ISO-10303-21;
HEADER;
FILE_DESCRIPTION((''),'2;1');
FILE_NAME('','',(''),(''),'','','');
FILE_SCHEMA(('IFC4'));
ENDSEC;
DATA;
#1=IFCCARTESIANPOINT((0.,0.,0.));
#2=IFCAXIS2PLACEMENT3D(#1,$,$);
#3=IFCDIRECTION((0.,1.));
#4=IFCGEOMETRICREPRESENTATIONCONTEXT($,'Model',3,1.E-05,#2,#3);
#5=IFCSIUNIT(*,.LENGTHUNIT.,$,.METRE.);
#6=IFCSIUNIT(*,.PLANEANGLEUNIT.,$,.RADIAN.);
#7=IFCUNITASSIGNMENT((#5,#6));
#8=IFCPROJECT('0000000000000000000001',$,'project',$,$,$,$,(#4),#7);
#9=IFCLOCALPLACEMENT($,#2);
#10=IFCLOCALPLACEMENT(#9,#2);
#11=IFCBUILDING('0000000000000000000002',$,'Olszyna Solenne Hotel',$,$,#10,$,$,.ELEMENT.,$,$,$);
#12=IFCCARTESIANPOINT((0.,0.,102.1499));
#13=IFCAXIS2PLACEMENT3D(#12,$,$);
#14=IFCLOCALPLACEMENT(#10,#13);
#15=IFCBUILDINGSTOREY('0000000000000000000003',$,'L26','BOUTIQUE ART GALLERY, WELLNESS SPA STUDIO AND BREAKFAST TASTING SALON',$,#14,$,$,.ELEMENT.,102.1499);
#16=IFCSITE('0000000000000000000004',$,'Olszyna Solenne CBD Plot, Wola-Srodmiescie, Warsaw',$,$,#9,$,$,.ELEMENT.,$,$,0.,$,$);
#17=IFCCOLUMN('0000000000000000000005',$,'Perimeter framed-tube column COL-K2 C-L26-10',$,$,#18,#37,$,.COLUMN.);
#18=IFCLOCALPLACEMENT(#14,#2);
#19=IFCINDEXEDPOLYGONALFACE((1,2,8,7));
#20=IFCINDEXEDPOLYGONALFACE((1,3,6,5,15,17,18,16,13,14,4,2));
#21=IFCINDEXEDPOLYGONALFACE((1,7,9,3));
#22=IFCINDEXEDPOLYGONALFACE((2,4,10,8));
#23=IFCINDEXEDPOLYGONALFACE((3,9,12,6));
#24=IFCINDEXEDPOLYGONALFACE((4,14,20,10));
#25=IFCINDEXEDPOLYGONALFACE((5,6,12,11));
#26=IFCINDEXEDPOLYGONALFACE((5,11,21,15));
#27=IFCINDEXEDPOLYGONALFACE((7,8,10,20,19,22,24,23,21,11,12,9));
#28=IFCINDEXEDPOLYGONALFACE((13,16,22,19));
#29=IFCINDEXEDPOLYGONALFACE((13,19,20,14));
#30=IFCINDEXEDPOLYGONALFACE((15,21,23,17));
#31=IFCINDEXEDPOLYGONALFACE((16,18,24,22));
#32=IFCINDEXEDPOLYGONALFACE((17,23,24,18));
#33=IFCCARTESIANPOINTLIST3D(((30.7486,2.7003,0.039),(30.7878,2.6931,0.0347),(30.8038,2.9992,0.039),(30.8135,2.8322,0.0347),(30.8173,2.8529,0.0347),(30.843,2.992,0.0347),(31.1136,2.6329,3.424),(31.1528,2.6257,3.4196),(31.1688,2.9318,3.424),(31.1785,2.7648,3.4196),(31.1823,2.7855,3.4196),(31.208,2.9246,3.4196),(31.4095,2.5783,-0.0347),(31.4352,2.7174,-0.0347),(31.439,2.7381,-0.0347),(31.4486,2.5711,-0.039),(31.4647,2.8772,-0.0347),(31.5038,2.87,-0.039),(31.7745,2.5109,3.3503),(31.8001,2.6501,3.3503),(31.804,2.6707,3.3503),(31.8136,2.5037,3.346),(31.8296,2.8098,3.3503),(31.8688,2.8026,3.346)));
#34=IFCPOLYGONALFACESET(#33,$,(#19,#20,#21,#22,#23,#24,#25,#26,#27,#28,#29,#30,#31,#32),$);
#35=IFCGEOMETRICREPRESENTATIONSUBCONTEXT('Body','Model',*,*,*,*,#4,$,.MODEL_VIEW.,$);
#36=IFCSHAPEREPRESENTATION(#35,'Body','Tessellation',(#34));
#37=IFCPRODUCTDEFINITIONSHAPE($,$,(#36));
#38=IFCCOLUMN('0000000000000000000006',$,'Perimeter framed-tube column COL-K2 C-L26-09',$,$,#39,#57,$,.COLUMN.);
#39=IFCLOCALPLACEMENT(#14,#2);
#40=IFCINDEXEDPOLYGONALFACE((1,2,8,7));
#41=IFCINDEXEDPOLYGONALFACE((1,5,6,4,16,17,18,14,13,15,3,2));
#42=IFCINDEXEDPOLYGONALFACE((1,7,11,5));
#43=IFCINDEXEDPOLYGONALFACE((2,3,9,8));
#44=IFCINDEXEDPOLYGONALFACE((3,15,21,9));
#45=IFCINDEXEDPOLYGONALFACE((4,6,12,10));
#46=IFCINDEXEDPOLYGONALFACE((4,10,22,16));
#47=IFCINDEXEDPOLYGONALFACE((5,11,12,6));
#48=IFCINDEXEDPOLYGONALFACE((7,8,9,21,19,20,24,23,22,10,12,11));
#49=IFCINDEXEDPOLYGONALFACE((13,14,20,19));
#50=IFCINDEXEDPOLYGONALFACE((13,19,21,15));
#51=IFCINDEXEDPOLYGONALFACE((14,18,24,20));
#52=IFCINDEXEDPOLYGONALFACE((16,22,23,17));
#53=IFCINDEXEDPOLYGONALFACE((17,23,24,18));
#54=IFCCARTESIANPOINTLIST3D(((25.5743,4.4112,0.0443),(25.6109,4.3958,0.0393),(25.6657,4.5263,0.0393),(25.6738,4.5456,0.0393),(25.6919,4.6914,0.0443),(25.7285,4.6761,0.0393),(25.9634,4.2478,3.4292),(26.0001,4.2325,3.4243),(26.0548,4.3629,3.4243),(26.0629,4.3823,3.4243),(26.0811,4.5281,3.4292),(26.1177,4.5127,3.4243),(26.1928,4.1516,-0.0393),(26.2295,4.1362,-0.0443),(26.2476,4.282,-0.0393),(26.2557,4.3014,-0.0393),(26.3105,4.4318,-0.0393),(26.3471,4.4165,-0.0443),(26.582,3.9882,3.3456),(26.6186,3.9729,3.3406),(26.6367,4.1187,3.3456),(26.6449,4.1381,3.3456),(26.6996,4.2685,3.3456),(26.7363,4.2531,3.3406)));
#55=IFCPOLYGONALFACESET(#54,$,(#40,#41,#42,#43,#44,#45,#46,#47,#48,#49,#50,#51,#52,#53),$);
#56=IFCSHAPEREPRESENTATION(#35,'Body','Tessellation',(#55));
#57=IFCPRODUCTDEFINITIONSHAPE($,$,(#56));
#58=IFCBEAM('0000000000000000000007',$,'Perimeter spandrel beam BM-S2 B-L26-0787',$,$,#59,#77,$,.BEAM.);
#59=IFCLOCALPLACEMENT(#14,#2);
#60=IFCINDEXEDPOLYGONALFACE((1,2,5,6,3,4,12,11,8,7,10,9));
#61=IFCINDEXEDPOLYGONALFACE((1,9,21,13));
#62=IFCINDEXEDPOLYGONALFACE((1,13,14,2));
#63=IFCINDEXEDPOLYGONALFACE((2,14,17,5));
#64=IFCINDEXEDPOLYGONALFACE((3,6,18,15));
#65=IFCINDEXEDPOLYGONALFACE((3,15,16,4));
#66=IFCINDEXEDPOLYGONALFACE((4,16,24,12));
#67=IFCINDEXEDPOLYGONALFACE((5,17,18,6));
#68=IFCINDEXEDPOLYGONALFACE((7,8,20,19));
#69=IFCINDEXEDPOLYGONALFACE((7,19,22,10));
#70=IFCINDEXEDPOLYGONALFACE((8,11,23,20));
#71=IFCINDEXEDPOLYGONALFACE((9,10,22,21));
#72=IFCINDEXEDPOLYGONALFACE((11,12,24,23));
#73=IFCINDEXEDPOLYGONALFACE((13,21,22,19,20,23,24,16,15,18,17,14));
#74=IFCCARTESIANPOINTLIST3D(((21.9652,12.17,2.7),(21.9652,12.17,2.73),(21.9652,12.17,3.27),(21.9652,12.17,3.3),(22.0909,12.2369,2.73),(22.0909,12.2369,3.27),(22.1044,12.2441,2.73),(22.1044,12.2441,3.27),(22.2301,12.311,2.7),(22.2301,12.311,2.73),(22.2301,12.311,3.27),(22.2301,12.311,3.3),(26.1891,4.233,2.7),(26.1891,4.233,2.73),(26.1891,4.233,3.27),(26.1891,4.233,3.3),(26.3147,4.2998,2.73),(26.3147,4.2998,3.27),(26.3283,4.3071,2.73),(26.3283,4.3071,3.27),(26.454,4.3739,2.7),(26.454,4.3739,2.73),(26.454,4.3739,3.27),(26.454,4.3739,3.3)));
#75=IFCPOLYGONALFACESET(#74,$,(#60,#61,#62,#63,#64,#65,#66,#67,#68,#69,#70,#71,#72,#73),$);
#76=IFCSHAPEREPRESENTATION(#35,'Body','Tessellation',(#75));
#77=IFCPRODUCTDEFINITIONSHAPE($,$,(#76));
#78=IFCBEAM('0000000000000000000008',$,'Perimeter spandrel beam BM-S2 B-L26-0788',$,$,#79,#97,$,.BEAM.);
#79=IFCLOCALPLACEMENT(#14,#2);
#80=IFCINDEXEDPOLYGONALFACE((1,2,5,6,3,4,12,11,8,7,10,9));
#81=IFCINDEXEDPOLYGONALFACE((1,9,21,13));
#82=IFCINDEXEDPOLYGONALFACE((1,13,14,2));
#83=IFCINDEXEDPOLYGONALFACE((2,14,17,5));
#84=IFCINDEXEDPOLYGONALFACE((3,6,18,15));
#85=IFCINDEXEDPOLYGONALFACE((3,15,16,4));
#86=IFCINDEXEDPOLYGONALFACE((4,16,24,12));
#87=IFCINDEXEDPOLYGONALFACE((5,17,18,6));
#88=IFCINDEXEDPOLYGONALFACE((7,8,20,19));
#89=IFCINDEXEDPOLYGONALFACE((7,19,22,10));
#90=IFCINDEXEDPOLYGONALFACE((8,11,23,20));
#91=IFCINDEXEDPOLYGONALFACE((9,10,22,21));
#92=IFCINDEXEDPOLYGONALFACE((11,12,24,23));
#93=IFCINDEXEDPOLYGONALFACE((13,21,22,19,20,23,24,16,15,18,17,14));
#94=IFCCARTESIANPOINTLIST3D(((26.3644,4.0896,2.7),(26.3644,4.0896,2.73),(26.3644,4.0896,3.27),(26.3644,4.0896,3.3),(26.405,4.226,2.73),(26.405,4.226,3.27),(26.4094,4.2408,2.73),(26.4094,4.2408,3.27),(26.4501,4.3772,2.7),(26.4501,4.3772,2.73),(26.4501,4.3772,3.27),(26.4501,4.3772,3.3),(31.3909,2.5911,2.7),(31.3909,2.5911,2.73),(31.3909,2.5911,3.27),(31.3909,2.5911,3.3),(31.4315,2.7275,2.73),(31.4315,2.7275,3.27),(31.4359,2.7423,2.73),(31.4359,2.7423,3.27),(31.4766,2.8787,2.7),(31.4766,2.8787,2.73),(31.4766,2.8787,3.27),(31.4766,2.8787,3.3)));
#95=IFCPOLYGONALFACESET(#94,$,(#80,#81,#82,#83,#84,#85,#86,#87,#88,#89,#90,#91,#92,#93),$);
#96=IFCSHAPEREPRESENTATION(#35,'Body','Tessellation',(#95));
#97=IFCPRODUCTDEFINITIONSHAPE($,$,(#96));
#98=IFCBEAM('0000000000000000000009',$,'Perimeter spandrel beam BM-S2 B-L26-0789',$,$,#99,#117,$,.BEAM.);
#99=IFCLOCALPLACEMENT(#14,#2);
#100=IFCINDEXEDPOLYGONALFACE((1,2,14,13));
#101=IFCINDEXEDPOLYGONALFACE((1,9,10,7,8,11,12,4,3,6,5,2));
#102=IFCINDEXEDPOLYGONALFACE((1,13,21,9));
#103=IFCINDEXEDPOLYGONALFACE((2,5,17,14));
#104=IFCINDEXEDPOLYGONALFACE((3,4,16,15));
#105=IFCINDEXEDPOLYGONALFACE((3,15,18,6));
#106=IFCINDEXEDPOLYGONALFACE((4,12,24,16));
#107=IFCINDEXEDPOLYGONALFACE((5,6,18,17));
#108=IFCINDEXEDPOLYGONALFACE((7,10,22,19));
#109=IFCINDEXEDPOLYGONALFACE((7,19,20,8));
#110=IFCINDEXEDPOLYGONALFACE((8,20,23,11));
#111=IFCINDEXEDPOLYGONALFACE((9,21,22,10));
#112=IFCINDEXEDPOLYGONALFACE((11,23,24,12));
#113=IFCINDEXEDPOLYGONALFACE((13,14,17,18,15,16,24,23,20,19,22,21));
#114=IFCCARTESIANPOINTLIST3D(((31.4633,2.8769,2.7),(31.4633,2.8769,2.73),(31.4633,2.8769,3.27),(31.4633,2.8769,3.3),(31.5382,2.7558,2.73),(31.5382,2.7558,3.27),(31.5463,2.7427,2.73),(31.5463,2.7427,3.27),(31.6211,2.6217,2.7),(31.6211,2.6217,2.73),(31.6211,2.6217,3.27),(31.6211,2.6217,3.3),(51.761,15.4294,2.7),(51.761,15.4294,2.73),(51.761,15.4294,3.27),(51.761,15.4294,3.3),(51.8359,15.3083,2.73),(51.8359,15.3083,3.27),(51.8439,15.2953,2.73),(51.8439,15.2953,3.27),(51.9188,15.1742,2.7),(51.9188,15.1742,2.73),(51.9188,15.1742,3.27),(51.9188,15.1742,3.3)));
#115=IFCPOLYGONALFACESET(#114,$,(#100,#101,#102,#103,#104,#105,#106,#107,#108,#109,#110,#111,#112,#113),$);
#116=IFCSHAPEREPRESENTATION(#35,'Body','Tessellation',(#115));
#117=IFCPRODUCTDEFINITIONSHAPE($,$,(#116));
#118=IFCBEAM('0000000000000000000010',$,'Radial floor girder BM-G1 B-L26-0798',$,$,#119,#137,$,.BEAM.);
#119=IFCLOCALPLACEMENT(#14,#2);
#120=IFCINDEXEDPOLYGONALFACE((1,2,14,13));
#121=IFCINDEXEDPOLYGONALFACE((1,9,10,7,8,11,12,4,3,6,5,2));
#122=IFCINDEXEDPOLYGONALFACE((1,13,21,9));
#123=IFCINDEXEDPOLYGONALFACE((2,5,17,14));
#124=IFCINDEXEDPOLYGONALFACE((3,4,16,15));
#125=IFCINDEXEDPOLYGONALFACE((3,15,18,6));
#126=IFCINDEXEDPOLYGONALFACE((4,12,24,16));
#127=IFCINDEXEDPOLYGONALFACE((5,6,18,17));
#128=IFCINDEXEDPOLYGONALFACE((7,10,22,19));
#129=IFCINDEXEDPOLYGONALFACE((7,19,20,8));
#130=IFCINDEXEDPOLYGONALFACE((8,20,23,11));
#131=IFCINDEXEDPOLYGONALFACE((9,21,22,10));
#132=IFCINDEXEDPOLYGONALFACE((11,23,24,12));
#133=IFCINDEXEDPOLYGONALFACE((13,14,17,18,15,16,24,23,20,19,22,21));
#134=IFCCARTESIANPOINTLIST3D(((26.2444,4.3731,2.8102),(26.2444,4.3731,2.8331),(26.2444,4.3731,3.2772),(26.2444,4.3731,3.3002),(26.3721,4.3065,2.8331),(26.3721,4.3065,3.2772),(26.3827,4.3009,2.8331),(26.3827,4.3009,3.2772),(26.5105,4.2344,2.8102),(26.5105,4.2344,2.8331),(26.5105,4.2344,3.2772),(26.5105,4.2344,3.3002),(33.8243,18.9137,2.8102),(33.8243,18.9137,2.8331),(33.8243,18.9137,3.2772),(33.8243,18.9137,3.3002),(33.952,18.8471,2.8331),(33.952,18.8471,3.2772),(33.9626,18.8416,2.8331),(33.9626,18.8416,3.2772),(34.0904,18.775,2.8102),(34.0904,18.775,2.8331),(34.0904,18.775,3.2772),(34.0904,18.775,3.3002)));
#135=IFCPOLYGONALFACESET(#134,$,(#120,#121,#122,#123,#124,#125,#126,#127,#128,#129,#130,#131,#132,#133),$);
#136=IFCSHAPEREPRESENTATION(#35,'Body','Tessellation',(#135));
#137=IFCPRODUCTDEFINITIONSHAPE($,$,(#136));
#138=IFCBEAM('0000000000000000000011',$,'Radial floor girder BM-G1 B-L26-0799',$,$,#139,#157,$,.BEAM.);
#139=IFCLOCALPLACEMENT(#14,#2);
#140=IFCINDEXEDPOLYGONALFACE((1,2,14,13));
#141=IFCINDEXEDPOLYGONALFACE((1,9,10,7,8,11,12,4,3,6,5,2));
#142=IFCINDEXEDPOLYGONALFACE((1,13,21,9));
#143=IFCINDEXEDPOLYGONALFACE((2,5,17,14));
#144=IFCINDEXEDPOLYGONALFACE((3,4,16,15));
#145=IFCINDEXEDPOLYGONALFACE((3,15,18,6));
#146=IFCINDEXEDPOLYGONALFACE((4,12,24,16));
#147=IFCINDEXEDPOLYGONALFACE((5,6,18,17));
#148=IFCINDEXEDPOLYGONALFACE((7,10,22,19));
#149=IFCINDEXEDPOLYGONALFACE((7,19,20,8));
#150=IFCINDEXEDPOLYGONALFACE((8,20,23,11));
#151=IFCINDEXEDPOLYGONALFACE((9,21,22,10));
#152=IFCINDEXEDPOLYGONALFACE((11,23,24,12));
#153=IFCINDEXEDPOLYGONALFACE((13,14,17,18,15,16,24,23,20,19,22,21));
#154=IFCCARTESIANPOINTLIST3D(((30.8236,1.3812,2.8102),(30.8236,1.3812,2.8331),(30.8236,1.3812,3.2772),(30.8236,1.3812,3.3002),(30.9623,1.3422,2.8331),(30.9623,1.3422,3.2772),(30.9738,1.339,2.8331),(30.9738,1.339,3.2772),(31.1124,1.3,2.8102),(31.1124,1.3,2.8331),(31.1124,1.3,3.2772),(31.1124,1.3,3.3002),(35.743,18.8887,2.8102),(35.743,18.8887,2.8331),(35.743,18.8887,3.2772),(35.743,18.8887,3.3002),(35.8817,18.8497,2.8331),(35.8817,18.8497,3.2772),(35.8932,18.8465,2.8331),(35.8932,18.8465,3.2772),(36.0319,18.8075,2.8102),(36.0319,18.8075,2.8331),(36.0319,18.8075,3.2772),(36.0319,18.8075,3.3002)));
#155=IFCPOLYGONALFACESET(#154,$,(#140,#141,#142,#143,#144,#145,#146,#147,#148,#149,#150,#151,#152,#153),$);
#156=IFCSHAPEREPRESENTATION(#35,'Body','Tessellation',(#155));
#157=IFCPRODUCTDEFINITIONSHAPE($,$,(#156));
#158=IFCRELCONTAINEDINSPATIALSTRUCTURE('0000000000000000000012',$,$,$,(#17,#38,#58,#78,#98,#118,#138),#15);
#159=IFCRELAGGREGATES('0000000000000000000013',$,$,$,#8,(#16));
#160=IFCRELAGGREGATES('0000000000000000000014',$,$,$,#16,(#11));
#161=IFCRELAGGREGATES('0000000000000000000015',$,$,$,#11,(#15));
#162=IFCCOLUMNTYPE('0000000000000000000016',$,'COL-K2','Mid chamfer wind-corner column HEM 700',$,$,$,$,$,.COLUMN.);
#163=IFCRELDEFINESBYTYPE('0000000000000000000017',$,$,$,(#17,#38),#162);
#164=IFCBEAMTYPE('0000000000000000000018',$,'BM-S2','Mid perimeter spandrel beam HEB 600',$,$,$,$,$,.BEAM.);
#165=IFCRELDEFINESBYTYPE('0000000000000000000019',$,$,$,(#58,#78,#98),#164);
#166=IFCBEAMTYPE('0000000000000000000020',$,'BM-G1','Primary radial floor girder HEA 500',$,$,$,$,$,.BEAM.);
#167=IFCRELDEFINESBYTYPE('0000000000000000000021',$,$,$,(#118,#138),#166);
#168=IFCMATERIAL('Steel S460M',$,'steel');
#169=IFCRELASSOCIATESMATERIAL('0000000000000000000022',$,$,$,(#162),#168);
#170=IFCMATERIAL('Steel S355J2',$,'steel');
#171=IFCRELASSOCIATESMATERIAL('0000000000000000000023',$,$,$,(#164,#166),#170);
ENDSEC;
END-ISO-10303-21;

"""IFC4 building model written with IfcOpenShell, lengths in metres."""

from ifc_helpers import new_model, si_unit, direction, frame, origin, origin_2d, place, context, subcontext, project, spatial, i_section, extrude, source, transform, mapped, material, material_profile, profile_set, type_object, element, save


model = new_model("IFC4")

# Units and contexts
model_context = context("Model", 3, precision=1e-05, world=origin(), true_north=direction((0.0, 1.0)))
body_context = subcontext(model_context, "Body", "Model", "MODEL_VIEW")
ifc_project = project(units=[si_unit("LENGTHUNIT", "METRE"), si_unit("PLANEANGLEUNIT", "RADIAN")], contexts=[model_context])

# Site, building, storey
site_placement = place(None, origin())
site = spatial("IfcSite", under=ifc_project, at=site_placement, Name="Olszyna Solenne CBD Plot, Wola-Srodmiescie, Warsaw", CompositionType="ELEMENT", RefElevation=0.0)
building_placement = place(site_placement, origin())
building = spatial("IfcBuilding", under=site, at=building_placement, Name="Olszyna Solenne Hotel", CompositionType="ELEMENT")
storey_placement = place(building_placement, frame((0.0, 0.0, 102.1499)))
storey = spatial("IfcBuildingStorey", under=building, at=storey_placement, Name="L26", Description="BOUTIQUE ART GALLERY, WELLNESS SPA STUDIO AND BREAKFAST TASTING SALON", CompositionType="ELEMENT", Elevation=102.1499)

# Columns
ifc_material_1 = material(Name="Steel S460M", Category="steel")
ifc_material_profile_1 = material_profile(ifc_material_1, i_section(OverallWidth=0.304, OverallDepth=0.7161, WebThickness=0.021, FlangeThickness=0.04, at=origin_2d()), Name="HEM 700", Category="load-bearing")
ifc_profile_set_1 = profile_set([ifc_material_profile_1], Name="Steel S460M")
column_type = type_object("IfcColumnType", Name="COL-K2", Description="Mid chamfer wind-corner column HEM 700", PredefinedType="COLUMN", material=ifc_profile_set_1)
shared_shape_1 = source(origin(), body_context, "Body", "SweptSolid", [
    extrude(i_section(OverallWidth=0.304, OverallDepth=0.7161, WebThickness=0.021, FlangeThickness=0.04, at=origin_2d()), origin(), (0.0, 0.0, 1.0), 3.4053),
])
column_1_placement = place(storey_placement, frame((31.1262, 2.7852, 0.0), z_axis=(0.107183, -0.019788, 0.994042), x_axis=(0.181547, 0.983382, 0.0)))
element("IfcColumn", 1, at=column_1_placement, inside=storey, type_object=column_type, Name="Perimeter framed-tube column COL-K2 C-L26-10", PredefinedType="COLUMN", context=body_context, shape_type="MappedRepresentation", body=[
    mapped(shared_shape_1, transform((0.0, 0.0, 0.0), x_axis=(1.0, 0.0, 0.0), y_axis=(0.0, 1.0, 0.0), z_axis=(0.0, 0.0, 1.0), scale=1.0)),
])
shared_shape_2 = source(origin(), body_context, "Body", "SweptSolid", [
    extrude(i_section(OverallWidth=0.304, OverallDepth=0.7161, WebThickness=0.021, FlangeThickness=0.04, at=origin_2d()), origin(), (0.0, 0.0, 1.0), 3.4111),
])
column_2_placement = place(storey_placement, frame((25.9607, 4.4138, 0.0), z_axis=(0.114082, -0.04788, 0.992317), x_axis=(0.386996, 0.922081, 0.0)))
element("IfcColumn", 2, at=column_2_placement, inside=storey, type_object=column_type, Name="Perimeter framed-tube column COL-K2 C-L26-09", PredefinedType="COLUMN", context=body_context, shape_type="MappedRepresentation", body=[
    mapped(shared_shape_2, transform((0.0, 0.0, 0.0), x_axis=(1.0, 0.0, 0.0), y_axis=(0.0, 1.0, 0.0), z_axis=(0.0, 0.0, 1.0), scale=1.0)),
])

# Beams
ifc_material_2 = material(Name="Steel S355J2", Category="steel")
ifc_material_profile_2 = material_profile(ifc_material_2, i_section(OverallWidth=0.3, OverallDepth=0.6001, WebThickness=0.0154, FlangeThickness=0.03, at=origin_2d()), Name="HEB 600", Category="load-bearing")
ifc_profile_set_2 = profile_set([ifc_material_profile_2], Name="Steel S355J2")
beam_type_1 = type_object("IfcBeamType", Name="BM-S2", Description="Mid perimeter spandrel beam HEB 600", PredefinedType="BEAM", material=ifc_profile_set_2)
shared_shape_3 = source(origin(), body_context, "Body", "SweptSolid", [
    extrude(i_section(OverallWidth=0.3, OverallDepth=0.6001, WebThickness=0.0154, FlangeThickness=0.03, at=origin_2d()), origin(), (0.0, 0.0, 1.0), 8.991),
])
beam_1_placement = place(storey_placement, frame((22.0977, 12.2405, 3.0), z_axis=(0.469792, -0.882777, 0.0), x_axis=(0.882777, 0.469792, 0.0)))
element("IfcBeam", 3, at=beam_1_placement, inside=storey, type_object=beam_type_1, Name="Perimeter spandrel beam BM-S2 B-L26-0787", PredefinedType="BEAM", context=body_context, shape_type="MappedRepresentation", body=[
    mapped(shared_shape_3, transform((0.0, 0.0, 0.0), x_axis=(1.0, 0.0, 0.0), y_axis=(0.0, 1.0, 0.0), z_axis=(0.0, 0.0, 1.0), scale=1.0)),
])
shared_shape_4 = source(origin(), body_context, "Body", "SweptSolid", [
    extrude(i_section(OverallWidth=0.3, OverallDepth=0.6001, WebThickness=0.0154, FlangeThickness=0.03, at=origin_2d()), origin(), (0.0, 0.0, 1.0), 5.2451),
])
beam_2_placement = place(storey_placement, frame((26.4072, 4.2334, 3.0), z_axis=(0.958321, -0.285695, 0.0), x_axis=(0.285695, 0.958321, 0.0)))
element("IfcBeam", 4, at=beam_2_placement, inside=storey, type_object=beam_type_1, Name="Perimeter spandrel beam BM-S2 B-L26-0788", PredefinedType="BEAM", context=body_context, shape_type="MappedRepresentation", body=[
    mapped(shared_shape_4, transform((0.0, 0.0, 0.0), x_axis=(1.0, 0.0, 0.0), y_axis=(0.0, 1.0, 0.0), z_axis=(0.0, 0.0, 1.0), scale=1.0)),
])
shared_shape_5 = source(origin(), body_context, "Body", "SweptSolid", [
    extrude(i_section(OverallWidth=0.3, OverallDepth=0.6001, WebThickness=0.0154, FlangeThickness=0.03, at=origin_2d()), origin(), (0.0, 0.0, 1.0), 23.8655),
])
beam_3_placement = place(storey_placement, frame((31.5422, 2.7493, 3.0), z_axis=(0.850503, 0.52597, 0.0), x_axis=(-0.52597, 0.850503, 0.0)))
element("IfcBeam", 5, at=beam_3_placement, inside=storey, type_object=beam_type_1, Name="Perimeter spandrel beam BM-S2 B-L26-0789", PredefinedType="BEAM", context=body_context, shape_type="MappedRepresentation", body=[
    mapped(shared_shape_5, transform((0.0, 0.0, 0.0), x_axis=(1.0, 0.0, 0.0), y_axis=(0.0, 1.0, 0.0), z_axis=(0.0, 0.0, 1.0), scale=1.0)),
])
ifc_material_profile_3 = material_profile(ifc_material_2, i_section(OverallWidth=0.3, OverallDepth=0.49, WebThickness=0.012, FlangeThickness=0.0229, at=origin_2d()), Name="HEA 500", Category="load-bearing")
ifc_profile_set_3 = profile_set([ifc_material_profile_3], Name="Steel S355J2")
beam_type_2 = type_object("IfcBeamType", Name="BM-G1", Description="Primary radial floor girder HEA 500", PredefinedType="BEAM", material=ifc_profile_set_3)
shared_shape_6 = source(origin(), body_context, "Body", "SweptSolid", [
    extrude(i_section(OverallWidth=0.3, OverallDepth=0.49, WebThickness=0.012, FlangeThickness=0.0229, at=origin_2d()), origin(), (0.0, 0.0, 1.0), 16.3977),
])
beam_4_placement = place(storey_placement, frame((26.3774, 4.3037, 3.0552), z_axis=(0.462253, 0.886748, 0.0), x_axis=(-0.886748, 0.462253, 0.0)))
element("IfcBeam", 6, at=beam_4_placement, inside=storey, type_object=beam_type_2, Name="Radial floor girder BM-G1 B-L26-0798", PredefinedType="BEAM", context=body_context, shape_type="MappedRepresentation", body=[
    mapped(shared_shape_6, transform((0.0, 0.0, 0.0), x_axis=(1.0, 0.0, 0.0), y_axis=(0.0, 1.0, 0.0), z_axis=(0.0, 0.0, 1.0), scale=1.0)),
])
shared_shape_7 = source(origin(), body_context, "Body", "SweptSolid", [
    extrude(i_section(OverallWidth=0.3, OverallDepth=0.49, WebThickness=0.012, FlangeThickness=0.0229, at=origin_2d()), origin(), (0.0, 0.0, 1.0), 18.1855),
])
beam_5_placement = place(storey_placement, frame((30.968, 1.3406, 3.0552), z_axis=(0.270513, 0.962716, 0.0), x_axis=(-0.962716, 0.270513, 0.0)))
element("IfcBeam", 7, at=beam_5_placement, inside=storey, type_object=beam_type_2, Name="Radial floor girder BM-G1 B-L26-0799", PredefinedType="BEAM", context=body_context, shape_type="MappedRepresentation", body=[
    mapped(shared_shape_7, transform((0.0, 0.0, 0.0), x_axis=(1.0, 0.0, 0.0), y_axis=(0.0, 1.0, 0.0), z_axis=(0.0, 0.0, 1.0), scale=1.0)),
])

save(model, "model.ifc")
